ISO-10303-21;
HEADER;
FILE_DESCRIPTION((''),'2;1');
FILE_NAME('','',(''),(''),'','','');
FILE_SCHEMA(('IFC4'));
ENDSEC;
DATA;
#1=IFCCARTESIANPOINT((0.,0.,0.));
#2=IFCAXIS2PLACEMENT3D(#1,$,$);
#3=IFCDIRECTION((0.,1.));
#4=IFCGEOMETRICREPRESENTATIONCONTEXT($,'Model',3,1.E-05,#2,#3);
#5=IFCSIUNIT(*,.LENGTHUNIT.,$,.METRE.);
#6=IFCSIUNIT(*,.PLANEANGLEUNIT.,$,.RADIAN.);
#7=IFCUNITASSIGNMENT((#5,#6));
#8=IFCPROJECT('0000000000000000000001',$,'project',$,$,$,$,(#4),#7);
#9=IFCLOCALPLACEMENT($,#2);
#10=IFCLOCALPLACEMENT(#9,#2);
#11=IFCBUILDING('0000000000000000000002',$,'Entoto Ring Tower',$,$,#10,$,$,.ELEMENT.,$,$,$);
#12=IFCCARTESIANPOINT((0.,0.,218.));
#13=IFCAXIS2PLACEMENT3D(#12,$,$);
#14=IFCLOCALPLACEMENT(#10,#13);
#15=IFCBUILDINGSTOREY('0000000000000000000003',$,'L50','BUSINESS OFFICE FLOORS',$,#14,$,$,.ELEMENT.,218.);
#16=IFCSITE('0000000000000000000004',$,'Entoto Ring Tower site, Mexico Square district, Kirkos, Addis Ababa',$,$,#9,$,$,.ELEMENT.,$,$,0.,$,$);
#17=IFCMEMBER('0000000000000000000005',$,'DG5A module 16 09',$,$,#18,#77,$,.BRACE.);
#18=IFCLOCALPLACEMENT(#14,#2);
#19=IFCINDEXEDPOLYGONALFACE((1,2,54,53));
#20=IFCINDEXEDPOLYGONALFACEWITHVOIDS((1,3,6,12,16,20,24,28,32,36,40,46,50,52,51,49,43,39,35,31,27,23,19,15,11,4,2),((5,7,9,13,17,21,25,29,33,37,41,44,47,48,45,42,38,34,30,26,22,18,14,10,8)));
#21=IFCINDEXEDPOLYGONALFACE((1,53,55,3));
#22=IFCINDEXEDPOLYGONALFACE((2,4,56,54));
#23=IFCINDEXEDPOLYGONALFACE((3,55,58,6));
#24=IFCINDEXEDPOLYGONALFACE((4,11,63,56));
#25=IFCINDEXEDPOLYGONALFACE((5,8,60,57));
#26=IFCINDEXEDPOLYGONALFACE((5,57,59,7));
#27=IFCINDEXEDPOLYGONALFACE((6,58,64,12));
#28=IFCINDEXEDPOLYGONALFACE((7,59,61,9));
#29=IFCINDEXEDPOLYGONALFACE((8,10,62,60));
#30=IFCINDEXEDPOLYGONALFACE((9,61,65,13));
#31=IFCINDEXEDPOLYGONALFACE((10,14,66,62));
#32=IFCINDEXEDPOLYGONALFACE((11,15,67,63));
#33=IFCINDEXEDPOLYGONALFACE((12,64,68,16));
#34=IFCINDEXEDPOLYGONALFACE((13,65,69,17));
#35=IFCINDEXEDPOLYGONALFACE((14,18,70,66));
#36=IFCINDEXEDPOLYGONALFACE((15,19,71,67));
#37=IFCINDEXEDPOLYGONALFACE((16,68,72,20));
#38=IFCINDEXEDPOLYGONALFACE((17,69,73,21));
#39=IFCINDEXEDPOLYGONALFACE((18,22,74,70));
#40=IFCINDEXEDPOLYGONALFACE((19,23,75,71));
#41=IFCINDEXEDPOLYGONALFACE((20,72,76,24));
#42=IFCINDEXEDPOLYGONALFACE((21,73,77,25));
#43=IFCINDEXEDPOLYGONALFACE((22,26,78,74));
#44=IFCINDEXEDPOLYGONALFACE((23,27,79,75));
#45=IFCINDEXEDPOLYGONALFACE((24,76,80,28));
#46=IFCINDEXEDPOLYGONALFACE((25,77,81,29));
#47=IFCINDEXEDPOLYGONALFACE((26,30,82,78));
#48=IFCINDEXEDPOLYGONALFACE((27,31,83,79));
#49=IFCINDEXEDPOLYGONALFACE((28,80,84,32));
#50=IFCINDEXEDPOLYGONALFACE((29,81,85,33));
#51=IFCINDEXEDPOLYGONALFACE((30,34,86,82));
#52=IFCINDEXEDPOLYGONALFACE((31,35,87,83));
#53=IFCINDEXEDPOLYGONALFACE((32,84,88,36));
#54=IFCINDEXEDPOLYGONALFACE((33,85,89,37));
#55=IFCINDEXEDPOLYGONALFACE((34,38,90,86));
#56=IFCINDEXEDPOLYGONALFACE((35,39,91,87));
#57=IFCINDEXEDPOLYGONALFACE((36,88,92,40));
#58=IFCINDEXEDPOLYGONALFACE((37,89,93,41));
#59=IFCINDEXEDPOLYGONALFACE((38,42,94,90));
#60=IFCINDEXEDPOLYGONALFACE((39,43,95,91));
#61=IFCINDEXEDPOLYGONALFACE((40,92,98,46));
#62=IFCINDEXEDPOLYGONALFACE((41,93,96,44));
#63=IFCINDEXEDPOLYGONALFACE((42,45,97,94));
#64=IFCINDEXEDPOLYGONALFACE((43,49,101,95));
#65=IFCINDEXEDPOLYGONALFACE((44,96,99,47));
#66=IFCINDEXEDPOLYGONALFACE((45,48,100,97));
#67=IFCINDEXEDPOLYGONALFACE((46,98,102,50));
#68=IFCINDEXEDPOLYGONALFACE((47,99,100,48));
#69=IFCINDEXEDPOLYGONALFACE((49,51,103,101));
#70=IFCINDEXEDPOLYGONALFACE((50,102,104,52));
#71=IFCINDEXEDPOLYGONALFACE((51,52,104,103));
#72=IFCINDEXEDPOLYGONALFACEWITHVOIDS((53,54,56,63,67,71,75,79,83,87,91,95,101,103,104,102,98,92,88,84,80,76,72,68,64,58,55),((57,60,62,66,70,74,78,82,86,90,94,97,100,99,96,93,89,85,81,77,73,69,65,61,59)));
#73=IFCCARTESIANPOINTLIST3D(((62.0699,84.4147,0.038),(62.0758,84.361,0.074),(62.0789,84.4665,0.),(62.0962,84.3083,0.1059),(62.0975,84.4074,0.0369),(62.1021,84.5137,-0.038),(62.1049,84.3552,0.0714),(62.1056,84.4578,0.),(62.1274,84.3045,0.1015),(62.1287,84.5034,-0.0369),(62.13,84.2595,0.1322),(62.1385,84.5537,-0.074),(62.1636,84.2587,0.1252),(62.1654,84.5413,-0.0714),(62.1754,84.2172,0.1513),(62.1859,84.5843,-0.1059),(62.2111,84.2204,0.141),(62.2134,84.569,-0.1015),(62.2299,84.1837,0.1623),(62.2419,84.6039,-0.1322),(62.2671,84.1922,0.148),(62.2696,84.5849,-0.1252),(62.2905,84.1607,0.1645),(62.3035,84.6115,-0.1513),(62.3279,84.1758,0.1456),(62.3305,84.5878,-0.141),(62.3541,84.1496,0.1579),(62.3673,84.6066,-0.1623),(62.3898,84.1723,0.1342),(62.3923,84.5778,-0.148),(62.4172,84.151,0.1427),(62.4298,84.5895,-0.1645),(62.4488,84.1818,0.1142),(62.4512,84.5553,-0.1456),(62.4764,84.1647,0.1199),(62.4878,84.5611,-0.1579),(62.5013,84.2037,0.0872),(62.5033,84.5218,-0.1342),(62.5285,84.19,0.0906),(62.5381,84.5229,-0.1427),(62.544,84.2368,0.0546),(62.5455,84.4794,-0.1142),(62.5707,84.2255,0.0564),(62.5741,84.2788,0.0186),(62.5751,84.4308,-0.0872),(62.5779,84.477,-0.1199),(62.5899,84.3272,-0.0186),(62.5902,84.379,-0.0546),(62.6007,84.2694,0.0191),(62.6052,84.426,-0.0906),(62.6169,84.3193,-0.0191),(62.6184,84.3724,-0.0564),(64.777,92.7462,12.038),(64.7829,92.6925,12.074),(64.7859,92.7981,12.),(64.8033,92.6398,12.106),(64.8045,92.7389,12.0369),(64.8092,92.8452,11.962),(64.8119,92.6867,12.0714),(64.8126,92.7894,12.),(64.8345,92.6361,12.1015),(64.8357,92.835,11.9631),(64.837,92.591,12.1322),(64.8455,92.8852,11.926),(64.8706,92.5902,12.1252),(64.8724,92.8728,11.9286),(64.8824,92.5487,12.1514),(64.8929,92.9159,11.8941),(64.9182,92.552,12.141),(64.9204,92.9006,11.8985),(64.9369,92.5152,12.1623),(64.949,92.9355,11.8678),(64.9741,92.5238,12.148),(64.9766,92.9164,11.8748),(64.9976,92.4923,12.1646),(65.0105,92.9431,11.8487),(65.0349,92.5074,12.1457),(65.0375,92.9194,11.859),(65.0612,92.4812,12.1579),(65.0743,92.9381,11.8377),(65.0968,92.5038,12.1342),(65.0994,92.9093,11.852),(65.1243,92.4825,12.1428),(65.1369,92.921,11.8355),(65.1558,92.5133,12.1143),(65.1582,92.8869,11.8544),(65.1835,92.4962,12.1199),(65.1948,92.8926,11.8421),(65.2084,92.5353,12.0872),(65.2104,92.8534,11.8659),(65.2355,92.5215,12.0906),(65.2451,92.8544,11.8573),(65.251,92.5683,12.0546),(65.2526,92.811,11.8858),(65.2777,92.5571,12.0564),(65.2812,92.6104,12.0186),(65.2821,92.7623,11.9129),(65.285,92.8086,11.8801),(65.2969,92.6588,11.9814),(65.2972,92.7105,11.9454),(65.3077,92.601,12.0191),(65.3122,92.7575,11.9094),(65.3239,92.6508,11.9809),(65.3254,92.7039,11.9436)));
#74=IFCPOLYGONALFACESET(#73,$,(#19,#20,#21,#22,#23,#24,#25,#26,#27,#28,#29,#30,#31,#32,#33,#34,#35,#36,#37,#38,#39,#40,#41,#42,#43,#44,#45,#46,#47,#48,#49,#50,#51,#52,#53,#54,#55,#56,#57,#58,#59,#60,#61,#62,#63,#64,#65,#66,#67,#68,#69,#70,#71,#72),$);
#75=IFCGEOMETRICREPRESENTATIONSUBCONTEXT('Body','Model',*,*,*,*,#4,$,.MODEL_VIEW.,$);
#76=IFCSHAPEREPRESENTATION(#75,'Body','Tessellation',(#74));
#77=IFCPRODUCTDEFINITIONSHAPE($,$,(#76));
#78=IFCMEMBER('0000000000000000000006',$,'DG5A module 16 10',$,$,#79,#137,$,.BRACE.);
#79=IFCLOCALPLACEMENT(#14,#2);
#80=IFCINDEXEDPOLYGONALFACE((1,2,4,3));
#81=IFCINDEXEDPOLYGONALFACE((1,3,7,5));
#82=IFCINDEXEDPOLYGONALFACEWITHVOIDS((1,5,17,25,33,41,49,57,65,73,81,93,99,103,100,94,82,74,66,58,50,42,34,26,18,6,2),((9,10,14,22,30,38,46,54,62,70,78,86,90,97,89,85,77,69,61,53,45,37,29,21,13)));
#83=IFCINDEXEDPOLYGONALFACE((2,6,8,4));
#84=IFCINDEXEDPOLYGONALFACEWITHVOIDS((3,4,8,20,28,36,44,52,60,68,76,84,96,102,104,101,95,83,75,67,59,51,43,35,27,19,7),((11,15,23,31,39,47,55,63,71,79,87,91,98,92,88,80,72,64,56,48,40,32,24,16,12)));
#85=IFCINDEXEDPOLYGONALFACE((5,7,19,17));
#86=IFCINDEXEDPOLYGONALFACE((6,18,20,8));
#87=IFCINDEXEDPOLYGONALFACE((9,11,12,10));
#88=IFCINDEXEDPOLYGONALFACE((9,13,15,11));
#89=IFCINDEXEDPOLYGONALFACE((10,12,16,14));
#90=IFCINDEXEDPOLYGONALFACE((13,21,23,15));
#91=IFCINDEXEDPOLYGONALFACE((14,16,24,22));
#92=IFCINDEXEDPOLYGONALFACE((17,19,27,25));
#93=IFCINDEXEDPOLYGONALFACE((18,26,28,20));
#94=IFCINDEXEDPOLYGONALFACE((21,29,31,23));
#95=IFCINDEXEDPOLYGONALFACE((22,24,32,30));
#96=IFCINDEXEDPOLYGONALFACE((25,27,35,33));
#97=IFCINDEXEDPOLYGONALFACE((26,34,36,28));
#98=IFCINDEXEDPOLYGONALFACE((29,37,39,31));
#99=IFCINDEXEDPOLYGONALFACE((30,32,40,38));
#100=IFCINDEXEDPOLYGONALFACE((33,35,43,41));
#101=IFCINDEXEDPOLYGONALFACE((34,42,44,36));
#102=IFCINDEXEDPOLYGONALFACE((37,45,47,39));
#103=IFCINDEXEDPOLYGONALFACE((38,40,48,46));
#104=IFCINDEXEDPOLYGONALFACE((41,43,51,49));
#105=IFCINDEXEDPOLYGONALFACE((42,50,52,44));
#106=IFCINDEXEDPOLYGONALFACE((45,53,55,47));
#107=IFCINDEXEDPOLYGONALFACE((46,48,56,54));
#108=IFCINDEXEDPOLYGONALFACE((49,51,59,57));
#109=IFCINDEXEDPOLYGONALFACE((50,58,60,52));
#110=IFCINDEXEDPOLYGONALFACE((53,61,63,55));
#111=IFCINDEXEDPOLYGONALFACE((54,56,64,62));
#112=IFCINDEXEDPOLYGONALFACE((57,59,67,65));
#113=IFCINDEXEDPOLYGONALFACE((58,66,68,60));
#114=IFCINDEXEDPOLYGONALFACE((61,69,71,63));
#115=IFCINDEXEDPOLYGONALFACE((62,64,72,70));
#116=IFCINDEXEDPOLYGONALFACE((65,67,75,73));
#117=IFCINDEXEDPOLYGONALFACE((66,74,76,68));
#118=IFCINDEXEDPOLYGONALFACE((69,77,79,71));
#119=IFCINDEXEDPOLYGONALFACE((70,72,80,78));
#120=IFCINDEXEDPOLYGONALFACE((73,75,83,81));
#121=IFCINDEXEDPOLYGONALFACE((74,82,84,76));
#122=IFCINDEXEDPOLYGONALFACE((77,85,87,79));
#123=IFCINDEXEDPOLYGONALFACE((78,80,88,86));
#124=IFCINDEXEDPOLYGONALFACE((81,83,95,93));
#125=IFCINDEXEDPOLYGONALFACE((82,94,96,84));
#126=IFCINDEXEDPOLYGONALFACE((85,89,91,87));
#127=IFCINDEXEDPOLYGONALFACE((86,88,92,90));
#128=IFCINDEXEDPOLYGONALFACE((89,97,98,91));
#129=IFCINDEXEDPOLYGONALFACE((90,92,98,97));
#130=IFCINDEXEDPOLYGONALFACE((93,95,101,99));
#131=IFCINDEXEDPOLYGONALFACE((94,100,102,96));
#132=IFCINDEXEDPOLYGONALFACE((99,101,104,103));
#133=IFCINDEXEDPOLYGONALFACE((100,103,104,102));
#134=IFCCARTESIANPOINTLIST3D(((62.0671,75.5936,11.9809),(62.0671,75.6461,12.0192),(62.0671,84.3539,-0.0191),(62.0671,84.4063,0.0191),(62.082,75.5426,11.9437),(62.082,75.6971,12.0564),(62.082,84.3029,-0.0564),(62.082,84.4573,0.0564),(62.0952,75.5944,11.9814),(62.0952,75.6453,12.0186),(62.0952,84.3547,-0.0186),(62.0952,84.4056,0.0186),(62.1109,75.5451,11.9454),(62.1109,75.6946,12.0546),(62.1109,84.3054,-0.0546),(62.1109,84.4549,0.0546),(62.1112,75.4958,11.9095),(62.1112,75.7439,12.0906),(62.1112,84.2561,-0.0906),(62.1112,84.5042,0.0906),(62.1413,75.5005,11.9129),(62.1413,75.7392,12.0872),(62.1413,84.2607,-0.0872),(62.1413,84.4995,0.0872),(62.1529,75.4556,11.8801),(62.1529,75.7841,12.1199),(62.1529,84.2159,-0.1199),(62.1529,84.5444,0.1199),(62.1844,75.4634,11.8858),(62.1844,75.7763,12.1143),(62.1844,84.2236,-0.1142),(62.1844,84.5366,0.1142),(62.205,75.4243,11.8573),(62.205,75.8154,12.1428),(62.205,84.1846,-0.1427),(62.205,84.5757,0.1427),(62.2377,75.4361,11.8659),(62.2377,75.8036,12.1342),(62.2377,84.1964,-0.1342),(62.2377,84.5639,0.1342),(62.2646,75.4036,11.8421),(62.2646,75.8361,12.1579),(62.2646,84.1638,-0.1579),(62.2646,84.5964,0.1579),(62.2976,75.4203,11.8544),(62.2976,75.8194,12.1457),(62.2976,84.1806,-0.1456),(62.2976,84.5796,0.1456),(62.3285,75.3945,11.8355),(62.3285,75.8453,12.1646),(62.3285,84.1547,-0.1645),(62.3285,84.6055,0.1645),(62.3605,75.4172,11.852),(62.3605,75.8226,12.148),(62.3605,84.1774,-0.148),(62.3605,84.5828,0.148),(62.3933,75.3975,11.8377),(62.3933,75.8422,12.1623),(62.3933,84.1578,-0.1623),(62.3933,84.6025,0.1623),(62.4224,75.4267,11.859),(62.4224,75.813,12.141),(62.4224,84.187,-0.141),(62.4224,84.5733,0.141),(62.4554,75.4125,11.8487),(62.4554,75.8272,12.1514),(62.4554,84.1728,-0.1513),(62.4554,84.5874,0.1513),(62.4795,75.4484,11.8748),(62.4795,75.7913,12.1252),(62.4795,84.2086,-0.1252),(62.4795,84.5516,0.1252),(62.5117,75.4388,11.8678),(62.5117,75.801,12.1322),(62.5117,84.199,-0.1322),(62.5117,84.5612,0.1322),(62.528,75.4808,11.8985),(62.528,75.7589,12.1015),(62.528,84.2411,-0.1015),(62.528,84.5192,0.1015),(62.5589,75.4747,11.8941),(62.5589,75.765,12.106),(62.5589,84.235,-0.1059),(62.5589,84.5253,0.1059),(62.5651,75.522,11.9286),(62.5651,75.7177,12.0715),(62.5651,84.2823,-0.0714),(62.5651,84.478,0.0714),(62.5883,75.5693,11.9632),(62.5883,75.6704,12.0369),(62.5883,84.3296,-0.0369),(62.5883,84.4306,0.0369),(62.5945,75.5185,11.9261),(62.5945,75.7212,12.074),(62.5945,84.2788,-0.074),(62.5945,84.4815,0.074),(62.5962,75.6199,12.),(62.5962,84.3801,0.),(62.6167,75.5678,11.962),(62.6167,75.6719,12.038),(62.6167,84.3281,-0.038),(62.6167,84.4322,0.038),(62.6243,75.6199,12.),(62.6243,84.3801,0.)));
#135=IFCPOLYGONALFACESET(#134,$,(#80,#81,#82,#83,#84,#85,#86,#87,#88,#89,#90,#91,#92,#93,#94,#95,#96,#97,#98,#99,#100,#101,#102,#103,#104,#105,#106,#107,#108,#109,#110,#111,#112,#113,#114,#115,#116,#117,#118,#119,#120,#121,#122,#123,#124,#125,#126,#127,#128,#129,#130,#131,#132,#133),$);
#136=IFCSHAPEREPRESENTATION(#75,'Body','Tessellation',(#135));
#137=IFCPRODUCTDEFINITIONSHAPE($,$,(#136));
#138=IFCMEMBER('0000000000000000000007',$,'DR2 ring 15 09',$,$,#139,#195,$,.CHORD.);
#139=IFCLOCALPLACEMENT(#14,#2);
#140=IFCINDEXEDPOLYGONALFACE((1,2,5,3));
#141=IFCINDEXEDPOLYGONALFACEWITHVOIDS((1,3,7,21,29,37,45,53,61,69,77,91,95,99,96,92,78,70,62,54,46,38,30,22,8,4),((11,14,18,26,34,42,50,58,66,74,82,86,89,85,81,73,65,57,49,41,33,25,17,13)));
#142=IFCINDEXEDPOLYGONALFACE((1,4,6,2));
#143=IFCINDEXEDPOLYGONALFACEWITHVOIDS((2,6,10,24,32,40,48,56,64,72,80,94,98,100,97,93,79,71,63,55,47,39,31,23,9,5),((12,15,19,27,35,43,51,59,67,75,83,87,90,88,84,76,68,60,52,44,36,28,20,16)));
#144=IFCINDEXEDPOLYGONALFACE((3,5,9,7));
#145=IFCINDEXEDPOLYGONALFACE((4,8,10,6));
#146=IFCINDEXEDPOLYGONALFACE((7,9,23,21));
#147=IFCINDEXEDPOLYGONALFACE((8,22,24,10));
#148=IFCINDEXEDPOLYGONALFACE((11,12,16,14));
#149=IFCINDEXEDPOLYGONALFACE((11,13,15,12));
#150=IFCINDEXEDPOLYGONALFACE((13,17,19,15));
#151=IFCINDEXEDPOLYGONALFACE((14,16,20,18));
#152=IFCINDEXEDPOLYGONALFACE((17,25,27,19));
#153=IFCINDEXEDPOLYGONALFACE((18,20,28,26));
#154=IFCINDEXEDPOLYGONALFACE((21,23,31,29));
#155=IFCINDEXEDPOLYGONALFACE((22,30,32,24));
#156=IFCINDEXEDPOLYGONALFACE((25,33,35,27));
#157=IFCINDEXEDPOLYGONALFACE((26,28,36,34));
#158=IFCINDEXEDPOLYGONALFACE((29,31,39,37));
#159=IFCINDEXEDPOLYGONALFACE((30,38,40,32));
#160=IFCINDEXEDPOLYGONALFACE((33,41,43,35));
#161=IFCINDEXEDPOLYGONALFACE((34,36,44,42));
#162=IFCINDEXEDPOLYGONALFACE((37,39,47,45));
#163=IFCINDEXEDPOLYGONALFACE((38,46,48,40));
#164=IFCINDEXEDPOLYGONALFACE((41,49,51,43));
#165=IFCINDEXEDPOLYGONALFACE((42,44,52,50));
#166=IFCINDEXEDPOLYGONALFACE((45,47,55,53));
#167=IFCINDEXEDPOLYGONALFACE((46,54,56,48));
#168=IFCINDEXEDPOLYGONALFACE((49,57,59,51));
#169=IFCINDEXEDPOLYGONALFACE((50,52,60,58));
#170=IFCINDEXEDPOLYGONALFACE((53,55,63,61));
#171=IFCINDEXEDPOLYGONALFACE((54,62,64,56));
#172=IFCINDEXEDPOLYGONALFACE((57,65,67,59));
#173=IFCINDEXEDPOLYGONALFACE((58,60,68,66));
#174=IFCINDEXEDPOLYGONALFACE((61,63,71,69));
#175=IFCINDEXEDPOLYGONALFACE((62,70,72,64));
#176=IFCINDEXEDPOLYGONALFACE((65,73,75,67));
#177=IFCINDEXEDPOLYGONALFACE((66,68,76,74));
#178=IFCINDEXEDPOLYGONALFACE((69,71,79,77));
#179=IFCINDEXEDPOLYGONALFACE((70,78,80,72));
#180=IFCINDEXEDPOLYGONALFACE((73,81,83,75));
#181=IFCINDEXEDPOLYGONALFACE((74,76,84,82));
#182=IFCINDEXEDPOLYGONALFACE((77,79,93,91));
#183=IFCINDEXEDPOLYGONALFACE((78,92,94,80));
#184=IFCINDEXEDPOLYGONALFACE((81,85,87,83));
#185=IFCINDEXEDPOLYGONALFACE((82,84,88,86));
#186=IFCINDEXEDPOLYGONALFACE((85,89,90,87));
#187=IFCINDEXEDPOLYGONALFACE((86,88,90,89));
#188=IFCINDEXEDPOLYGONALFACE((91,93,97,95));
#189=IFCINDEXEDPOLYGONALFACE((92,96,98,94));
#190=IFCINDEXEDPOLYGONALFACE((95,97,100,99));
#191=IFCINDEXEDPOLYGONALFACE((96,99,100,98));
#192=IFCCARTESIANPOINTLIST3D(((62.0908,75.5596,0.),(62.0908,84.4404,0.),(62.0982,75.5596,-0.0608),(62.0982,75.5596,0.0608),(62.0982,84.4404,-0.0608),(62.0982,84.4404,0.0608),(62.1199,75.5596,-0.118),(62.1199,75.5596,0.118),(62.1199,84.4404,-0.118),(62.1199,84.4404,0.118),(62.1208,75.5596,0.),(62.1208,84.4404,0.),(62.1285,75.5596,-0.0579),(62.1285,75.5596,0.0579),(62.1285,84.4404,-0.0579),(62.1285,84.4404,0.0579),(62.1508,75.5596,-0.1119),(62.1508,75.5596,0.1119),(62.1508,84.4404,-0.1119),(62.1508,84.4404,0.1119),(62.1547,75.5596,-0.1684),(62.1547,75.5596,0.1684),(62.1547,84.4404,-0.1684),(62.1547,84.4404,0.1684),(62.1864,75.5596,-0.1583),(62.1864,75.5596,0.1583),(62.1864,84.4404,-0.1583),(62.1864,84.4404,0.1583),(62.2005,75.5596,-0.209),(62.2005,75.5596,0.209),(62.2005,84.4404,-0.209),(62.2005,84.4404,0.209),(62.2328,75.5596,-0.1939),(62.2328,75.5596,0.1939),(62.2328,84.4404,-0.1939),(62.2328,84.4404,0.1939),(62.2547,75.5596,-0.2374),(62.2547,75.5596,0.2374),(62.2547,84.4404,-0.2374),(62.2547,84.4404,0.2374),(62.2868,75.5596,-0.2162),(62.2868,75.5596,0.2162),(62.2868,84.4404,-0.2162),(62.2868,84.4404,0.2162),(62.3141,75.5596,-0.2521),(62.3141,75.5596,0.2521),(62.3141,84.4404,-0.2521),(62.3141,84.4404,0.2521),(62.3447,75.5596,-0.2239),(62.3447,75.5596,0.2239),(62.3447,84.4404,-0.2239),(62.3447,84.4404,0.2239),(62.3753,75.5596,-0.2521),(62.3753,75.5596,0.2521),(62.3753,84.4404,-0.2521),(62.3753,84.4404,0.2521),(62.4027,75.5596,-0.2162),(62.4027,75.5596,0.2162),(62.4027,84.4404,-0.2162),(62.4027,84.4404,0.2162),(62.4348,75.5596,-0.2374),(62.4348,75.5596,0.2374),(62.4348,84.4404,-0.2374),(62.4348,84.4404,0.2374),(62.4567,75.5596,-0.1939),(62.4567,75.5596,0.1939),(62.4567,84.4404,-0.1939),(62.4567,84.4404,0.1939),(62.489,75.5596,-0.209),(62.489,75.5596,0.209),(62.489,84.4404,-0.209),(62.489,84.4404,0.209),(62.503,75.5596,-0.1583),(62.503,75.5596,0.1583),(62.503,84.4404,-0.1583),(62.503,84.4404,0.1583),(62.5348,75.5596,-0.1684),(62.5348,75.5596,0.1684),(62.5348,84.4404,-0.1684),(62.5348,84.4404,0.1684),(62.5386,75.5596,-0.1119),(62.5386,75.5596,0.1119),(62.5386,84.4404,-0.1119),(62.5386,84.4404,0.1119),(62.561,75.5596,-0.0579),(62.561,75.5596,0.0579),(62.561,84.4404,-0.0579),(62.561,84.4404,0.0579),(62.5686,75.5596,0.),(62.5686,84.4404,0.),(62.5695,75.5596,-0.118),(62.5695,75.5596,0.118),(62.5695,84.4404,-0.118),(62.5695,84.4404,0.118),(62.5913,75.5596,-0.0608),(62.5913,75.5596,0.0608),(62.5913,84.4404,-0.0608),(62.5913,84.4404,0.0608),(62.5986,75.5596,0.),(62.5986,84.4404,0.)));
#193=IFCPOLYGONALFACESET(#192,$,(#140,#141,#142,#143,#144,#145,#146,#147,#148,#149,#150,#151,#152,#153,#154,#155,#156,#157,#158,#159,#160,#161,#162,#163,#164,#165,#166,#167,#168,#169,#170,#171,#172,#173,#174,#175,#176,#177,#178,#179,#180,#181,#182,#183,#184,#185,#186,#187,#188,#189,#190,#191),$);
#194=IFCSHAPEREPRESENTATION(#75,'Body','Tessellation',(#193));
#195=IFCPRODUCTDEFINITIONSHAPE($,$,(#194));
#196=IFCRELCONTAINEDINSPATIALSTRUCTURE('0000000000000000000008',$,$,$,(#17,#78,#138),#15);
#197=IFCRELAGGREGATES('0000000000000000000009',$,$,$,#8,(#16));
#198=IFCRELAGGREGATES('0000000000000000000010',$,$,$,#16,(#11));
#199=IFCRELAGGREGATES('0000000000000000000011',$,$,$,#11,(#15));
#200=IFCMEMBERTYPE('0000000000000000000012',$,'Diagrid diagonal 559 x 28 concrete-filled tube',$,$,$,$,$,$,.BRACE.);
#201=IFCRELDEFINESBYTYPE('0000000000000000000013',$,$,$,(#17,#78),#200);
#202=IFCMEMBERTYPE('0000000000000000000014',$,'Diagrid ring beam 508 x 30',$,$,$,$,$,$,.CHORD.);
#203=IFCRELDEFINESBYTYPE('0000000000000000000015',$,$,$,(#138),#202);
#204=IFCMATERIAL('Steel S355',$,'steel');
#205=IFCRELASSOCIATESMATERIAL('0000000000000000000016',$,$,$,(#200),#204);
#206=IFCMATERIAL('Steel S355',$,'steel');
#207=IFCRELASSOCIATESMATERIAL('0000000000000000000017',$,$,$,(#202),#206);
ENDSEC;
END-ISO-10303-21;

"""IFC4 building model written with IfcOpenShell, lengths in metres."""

from ifc_helpers import new_model, si_unit, direction, frame, origin, origin_2d, place, context, subcontext, project, spatial, circle, hollow_circle, extrude, material, material_profile, profile_set, type_object, element, save


model = new_model("IFC4")

# Units and contexts
model_context = context("Model", 3, precision=1e-05, world=origin(), true_north=direction((0.0, 1.0)))
body_context = subcontext(model_context, "Body", "Model", "MODEL_VIEW")
ifc_project = project(units=[si_unit("LENGTHUNIT", "METRE"), si_unit("PLANEANGLEUNIT", "RADIAN")], contexts=[model_context])

# Site, building, storey
site_placement = place(None, origin())
site = spatial("IfcSite", under=ifc_project, at=site_placement, Name="Entoto Ring Tower site, Mexico Square district, Kirkos, Addis Ababa", CompositionType="ELEMENT", RefElevation=0.0)
building_placement = place(site_placement, origin())
building = spatial("IfcBuilding", under=site, at=building_placement, Name="Entoto Ring Tower", CompositionType="ELEMENT")
storey_placement = place(building_placement, frame((0.0, 0.0, 218.0)))
storey = spatial("IfcBuildingStorey", under=building, at=storey_placement, Name="L50", Description="BUSINESS OFFICE FLOORS", CompositionType="ELEMENT", Elevation=218.0)

# Members
ifc_material_1 = material(Name="Steel S355", Category="steel")
ifc_material_profile_1 = material_profile(ifc_material_1, hollow_circle(Radius=0.2795, WallThickness=0.0281, at=origin_2d()), Name="CHS 559 x 28")
ifc_material_2 = material(Name="Concrete C60/75", Category="concrete")
ifc_material_profile_2 = material_profile(ifc_material_2, circle(Radius=0.2515, at=origin_2d()), Name="Concrete C60/75 infill")
ifc_profile_set_1 = profile_set([ifc_material_profile_1, ifc_material_profile_2], Name="Steel S355")
member_type_1 = type_object("IfcMemberType", Name="Diagrid diagonal 559 x 28 concrete-filled tube", PredefinedType="BRACE", material=ifc_profile_set_1)
for number, where, z_axis, x_axis, name in (
    (1, (62.3447, 84.3801, 0.0), (0.182201, 0.560767, 0.807678), (-0.951058, 0.309012, 0.0), "DG5A module 16 09"),
    (2, (62.3447, 84.3801, 0.0), (0.0, -0.589623, 0.807679), (1.0, 0.0, 0.0), "DG5A module 16 10"),
):
    element("IfcMember", number, at=place(storey_placement, frame(where, z_axis=z_axis, x_axis=x_axis)), inside=storey, type_object=member_type_1, Name=name, PredefinedType="BRACE", context=body_context, shape_type="SweptSolid", body=[
        extrude(hollow_circle(Radius=0.2795, WallThickness=0.0281, at=origin_2d()), origin(), (0.0, 0.0, 1.0), 14.8574),
    ])
ifc_material_3 = material(Name="Steel S355", Category="steel")
ifc_material_profile_3 = material_profile(ifc_material_3, hollow_circle(Radius=0.2539, WallThickness=0.03, at=origin_2d()), Name="CHS 508 x 30")
ifc_material_4 = material(Name="Concrete C60/75", Category="concrete")
ifc_material_profile_4 = material_profile(ifc_material_4, circle(Radius=0.2241, at=origin_2d()), Name="Concrete C60/75 infill")
ifc_profile_set_2 = profile_set([ifc_material_profile_3, ifc_material_profile_4], Name="Steel S355")
member_type_2 = type_object("IfcMemberType", Name="Diagrid ring beam 508 x 30", PredefinedType="CHORD", material=ifc_profile_set_2)
member_1_placement = place(storey_placement, frame((62.3447, 84.4404, 0.0), z_axis=(0.0, -1.0, 0.0), x_axis=(1.0, 0.0, 0.0)))
element("IfcMember", 3, at=member_1_placement, inside=storey, type_object=member_type_2, Name="DR2 ring 15 09", PredefinedType="CHORD", context=body_context, shape_type="SweptSolid", body=[
    extrude(hollow_circle(Radius=0.2539, WallThickness=0.03, at=origin_2d()), origin(), (0.0, 0.0, 1.0), 8.8809),
])

save(model, "model.ifc")
